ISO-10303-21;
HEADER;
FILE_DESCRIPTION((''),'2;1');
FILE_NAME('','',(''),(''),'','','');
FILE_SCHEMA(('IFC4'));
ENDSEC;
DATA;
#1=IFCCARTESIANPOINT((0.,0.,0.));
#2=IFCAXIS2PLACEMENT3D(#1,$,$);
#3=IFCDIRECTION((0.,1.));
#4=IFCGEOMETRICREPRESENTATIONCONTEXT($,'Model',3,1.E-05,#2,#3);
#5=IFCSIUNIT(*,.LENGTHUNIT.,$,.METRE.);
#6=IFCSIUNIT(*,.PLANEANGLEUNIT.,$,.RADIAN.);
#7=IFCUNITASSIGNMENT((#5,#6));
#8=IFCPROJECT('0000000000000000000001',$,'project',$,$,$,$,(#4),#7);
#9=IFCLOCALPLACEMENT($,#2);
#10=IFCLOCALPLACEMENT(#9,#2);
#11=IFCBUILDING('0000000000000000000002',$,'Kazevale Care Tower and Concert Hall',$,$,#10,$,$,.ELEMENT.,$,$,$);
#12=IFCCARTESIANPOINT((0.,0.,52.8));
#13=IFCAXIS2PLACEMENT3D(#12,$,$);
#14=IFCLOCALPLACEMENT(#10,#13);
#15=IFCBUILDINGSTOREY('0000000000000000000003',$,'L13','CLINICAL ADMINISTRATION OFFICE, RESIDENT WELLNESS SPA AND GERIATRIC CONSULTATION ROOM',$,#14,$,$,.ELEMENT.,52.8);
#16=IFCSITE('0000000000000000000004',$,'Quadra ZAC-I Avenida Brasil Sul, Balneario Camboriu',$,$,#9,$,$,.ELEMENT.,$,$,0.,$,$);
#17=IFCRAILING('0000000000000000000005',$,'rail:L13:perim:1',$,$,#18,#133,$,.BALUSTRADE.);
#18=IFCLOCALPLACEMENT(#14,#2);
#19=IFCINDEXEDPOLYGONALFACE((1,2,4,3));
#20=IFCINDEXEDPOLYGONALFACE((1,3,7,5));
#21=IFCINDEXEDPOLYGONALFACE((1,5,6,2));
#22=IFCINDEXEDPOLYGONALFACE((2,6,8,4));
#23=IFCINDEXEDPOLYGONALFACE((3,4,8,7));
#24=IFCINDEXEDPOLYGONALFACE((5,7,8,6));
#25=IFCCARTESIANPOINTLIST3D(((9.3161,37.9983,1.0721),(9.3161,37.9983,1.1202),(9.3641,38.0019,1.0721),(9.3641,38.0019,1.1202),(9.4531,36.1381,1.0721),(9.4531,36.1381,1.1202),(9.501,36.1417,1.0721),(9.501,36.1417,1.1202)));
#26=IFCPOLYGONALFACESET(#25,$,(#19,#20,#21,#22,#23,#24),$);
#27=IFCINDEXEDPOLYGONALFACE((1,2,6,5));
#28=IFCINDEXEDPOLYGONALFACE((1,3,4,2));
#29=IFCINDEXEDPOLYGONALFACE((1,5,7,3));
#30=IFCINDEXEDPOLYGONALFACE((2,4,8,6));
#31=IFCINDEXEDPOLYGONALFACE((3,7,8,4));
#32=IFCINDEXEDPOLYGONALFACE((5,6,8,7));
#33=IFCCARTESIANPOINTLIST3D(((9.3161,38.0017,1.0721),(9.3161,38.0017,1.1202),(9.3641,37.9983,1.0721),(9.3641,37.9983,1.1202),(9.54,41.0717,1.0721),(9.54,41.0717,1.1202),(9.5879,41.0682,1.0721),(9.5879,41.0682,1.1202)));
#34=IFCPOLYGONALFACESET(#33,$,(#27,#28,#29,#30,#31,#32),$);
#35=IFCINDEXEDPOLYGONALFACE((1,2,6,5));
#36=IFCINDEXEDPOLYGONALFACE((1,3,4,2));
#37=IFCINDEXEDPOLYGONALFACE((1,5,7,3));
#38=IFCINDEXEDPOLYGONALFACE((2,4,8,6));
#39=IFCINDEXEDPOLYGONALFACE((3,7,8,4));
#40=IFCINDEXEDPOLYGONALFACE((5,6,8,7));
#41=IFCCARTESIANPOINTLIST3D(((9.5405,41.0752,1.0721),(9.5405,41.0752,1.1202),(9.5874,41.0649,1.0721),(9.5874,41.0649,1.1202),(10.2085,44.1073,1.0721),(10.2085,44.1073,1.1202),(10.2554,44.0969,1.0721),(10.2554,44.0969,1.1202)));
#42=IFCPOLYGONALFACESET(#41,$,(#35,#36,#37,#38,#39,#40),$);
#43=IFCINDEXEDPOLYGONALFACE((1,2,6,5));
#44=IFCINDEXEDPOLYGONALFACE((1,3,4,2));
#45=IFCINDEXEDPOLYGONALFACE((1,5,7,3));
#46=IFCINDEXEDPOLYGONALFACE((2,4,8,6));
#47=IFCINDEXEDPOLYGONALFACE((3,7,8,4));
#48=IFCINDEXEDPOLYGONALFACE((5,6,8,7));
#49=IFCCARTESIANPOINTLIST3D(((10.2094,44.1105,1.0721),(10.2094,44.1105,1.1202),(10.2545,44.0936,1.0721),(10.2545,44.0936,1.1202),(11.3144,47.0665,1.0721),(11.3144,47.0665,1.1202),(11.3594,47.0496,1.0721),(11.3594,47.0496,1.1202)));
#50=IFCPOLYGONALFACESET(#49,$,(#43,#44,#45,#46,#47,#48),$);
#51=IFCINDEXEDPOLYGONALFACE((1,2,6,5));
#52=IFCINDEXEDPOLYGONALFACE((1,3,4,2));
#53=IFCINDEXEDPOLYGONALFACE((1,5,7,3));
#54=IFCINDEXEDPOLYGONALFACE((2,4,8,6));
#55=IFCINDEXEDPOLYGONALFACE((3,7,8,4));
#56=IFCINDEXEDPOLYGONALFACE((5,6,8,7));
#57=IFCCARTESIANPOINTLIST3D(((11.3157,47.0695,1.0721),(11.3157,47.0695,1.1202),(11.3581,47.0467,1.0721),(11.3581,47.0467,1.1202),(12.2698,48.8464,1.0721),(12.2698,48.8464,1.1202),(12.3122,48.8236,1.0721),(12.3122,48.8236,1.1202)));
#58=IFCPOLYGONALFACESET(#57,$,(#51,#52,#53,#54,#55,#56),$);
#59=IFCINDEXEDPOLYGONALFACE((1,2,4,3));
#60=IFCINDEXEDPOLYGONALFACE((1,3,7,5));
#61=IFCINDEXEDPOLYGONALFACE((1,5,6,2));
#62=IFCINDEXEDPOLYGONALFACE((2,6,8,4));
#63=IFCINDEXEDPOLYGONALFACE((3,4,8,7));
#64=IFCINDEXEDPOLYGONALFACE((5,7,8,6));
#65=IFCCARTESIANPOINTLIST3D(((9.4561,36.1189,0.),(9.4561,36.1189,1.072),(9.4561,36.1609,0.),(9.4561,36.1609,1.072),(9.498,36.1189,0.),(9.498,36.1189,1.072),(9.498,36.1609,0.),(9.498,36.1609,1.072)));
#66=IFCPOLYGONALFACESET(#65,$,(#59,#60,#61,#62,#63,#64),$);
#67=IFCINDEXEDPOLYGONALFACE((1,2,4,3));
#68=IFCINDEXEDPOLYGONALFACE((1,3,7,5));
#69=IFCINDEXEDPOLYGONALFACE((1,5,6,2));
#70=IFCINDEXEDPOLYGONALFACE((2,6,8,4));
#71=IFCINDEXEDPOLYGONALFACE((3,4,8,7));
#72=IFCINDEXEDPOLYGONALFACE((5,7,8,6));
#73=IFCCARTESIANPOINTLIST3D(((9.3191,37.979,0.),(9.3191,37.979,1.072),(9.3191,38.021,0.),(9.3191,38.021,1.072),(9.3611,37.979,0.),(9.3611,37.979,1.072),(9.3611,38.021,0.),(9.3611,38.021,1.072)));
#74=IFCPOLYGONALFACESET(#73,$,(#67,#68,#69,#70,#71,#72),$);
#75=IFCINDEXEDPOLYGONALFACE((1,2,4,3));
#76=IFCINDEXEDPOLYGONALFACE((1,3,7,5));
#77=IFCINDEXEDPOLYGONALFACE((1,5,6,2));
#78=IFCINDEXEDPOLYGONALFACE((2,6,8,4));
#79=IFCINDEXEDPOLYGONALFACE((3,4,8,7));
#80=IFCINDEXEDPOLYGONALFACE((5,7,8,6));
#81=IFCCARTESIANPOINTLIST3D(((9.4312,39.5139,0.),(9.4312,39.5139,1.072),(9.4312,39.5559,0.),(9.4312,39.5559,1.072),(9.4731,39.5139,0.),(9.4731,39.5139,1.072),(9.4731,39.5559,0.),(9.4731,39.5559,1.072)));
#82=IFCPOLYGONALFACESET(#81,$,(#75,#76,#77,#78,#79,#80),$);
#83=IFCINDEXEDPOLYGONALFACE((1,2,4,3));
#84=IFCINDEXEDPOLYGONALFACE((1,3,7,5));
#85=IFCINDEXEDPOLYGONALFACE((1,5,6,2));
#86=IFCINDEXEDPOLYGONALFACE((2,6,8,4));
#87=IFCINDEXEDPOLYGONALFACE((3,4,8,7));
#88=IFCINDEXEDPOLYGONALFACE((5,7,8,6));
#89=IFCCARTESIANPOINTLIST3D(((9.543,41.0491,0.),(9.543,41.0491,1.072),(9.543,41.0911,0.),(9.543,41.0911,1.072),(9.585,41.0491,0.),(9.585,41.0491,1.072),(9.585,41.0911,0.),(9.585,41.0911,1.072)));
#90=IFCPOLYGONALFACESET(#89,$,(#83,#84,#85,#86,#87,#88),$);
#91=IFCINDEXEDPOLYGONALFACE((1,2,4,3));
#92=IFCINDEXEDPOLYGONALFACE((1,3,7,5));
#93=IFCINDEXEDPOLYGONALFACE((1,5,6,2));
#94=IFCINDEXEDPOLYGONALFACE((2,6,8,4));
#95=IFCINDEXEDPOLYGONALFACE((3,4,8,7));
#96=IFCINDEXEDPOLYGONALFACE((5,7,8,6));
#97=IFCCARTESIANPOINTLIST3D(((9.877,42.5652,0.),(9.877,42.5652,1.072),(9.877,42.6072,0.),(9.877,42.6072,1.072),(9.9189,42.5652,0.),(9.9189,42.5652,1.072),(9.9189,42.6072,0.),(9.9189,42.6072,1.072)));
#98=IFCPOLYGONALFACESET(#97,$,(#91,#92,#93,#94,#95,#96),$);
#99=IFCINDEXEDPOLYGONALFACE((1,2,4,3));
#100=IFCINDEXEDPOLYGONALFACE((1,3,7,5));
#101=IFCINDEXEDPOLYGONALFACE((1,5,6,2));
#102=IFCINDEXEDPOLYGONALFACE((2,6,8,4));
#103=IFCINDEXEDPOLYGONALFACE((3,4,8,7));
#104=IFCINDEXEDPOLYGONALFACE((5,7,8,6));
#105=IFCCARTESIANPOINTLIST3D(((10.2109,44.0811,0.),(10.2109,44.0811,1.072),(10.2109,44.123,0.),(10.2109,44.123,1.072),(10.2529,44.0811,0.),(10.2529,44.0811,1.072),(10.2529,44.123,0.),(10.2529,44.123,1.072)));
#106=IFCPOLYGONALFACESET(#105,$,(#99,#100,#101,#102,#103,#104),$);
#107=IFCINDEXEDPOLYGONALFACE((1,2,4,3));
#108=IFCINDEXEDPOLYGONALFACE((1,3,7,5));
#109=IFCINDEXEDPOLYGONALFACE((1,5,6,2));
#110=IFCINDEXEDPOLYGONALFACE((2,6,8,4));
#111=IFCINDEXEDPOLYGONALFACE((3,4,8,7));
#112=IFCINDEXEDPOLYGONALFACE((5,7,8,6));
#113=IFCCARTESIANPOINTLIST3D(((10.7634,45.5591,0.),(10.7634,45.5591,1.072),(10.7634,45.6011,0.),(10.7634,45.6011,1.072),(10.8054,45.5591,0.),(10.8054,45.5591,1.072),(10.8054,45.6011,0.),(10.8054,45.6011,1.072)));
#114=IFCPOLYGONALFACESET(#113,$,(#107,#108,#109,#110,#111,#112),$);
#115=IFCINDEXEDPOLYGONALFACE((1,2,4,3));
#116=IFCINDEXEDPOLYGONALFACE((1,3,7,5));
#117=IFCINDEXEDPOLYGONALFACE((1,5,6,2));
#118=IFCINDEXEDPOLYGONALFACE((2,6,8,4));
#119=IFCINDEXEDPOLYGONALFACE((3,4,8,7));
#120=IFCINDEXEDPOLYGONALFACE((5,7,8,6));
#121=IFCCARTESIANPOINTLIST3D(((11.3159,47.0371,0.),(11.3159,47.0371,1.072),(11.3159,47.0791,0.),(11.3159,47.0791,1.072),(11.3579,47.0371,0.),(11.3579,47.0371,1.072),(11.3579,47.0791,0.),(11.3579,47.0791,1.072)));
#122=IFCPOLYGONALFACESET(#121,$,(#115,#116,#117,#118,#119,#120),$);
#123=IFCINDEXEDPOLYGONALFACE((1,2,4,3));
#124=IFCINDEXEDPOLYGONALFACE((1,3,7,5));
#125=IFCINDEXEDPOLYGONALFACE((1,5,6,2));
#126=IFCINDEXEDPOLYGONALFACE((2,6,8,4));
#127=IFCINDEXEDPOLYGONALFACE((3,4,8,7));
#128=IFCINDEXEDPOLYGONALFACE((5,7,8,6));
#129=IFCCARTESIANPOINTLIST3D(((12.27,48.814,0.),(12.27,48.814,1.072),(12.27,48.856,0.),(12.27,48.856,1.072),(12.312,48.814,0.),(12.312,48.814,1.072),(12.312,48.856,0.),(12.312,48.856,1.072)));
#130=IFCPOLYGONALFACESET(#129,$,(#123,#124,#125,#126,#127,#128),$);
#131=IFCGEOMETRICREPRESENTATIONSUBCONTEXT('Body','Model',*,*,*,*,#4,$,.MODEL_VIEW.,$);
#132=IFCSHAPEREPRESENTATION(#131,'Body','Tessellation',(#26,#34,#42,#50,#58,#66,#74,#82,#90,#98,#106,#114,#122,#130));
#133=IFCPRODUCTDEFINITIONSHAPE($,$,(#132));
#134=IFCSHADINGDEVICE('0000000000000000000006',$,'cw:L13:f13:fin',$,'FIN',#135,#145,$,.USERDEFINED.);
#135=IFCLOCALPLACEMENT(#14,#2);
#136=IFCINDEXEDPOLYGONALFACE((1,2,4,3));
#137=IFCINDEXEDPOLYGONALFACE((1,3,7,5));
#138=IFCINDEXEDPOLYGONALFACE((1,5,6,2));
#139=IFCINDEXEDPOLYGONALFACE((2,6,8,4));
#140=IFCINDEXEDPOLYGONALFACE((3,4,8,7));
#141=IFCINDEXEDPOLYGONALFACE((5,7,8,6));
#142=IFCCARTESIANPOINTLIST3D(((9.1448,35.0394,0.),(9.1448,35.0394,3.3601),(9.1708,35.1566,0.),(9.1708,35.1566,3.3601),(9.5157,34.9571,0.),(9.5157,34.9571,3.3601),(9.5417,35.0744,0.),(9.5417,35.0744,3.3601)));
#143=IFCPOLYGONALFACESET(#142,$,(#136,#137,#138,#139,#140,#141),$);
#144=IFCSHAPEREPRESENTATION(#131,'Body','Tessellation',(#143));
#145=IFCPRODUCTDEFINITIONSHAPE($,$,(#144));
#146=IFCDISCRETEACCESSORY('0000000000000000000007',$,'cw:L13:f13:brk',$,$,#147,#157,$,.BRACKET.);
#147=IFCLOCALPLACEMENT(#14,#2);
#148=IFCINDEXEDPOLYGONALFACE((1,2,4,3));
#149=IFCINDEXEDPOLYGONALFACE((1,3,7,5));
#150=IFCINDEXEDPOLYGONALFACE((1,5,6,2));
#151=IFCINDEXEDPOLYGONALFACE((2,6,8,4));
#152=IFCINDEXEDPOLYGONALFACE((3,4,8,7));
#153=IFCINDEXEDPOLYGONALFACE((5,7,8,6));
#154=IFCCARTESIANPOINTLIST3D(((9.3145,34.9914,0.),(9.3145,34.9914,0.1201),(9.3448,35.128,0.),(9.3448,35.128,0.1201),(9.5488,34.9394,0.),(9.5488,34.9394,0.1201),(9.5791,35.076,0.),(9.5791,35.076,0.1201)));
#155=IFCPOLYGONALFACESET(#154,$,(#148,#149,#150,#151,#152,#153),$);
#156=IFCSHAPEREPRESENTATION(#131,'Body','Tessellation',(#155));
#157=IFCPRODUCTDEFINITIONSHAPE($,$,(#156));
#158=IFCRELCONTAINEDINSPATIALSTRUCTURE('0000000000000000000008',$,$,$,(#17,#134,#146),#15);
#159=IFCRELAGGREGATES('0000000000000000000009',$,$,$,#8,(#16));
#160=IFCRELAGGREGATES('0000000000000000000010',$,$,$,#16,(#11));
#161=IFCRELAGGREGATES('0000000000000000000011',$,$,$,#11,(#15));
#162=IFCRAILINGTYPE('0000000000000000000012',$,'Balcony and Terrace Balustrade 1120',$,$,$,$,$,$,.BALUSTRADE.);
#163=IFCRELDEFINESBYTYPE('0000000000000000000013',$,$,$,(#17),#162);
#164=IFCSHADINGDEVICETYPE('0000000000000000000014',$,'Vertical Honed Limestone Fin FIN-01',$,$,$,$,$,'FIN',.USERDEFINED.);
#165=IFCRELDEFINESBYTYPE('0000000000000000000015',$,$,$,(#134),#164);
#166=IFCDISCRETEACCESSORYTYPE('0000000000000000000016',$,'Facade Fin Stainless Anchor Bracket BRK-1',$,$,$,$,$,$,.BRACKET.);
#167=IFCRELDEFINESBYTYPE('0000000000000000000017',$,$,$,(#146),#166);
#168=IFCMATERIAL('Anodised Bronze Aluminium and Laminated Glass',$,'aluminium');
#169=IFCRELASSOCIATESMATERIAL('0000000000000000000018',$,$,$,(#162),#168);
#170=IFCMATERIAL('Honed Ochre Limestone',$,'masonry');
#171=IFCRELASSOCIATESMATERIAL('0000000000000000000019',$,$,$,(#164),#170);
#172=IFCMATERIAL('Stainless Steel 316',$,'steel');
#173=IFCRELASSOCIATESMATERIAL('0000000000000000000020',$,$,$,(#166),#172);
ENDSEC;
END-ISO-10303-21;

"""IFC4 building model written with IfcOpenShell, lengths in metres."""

from ifc_helpers import new_model, si_unit, direction, frame, origin, origin_2d, place, context, subcontext, project, spatial, rectangle, extrude, material, type_object, element, save


model = new_model("IFC4")

# Units and contexts
model_context = context("Model", 3, precision=1e-05, world=origin(), true_north=direction((0.0, 1.0)))
body_context = subcontext(model_context, "Body", "Model", "MODEL_VIEW")
ifc_project = project(units=[si_unit("LENGTHUNIT", "METRE"), si_unit("PLANEANGLEUNIT", "RADIAN")], contexts=[model_context])

# Site, building, storey
site_placement = place(None, origin())
site = spatial("IfcSite", under=ifc_project, at=site_placement, Name="Quadra ZAC-I Avenida Brasil Sul, Balneario Camboriu", CompositionType="ELEMENT", RefElevation=0.0)
building_placement = place(site_placement, origin())
building = spatial("IfcBuilding", under=site, at=building_placement, Name="Kazevale Care Tower and Concert Hall", CompositionType="ELEMENT")
storey_placement = place(building_placement, frame((0.0, 0.0, 52.8)))
storey = spatial("IfcBuildingStorey", under=building, at=storey_placement, Name="L13", Description="CLINICAL ADMINISTRATION OFFICE, RESIDENT WELLNESS SPA AND GERIATRIC CONSULTATION ROOM", CompositionType="ELEMENT", Elevation=52.8)

# Railing
ifc_material_1 = material(Name="Anodised Bronze Aluminium and Laminated Glass", Category="aluminium")
railing_type = type_object("IfcRailingType", Name="Balcony and Terrace Balustrade 1120", PredefinedType="BALUSTRADE", material=ifc_material_1)
railing_placement = place(storey_placement, frame((9.4771, 36.1399, 0.0)))
element("IfcRailing", 1, at=railing_placement, inside=storey, type_object=railing_type, Name="rail:L13:perim:1", PredefinedType="BALUSTRADE", context=body_context, shape_type="SweptSolid", body=[
    extrude(rectangle(XDim=0.0481, YDim=0.0481, at=origin_2d()), frame((0.0, 0.0, 1.0962), z_axis=(-0.073433, 0.9973, 0.0), x_axis=(-0.9973, -0.073433, 0.0)), (0.0, 0.0, 1.0), 1.8652),
    extrude(rectangle(XDim=0.0481, YDim=0.0481, at=origin_2d()), frame((-0.137, 1.8601, 1.0962), z_axis=(0.072729, 0.997352, 0.0), x_axis=(-0.997352, 0.072729, 0.0)), (0.0, 0.0, 1.0), 3.0781),
    extrude(rectangle(XDim=0.0481, YDim=0.0481, at=origin_2d()), frame((0.0869, 4.9302, 1.0962), z_axis=(0.215148, 0.976581, 0.0), x_axis=(-0.976581, 0.215148, 0.0)), (0.0, 0.0, 1.0), 3.1047),
    extrude(rectangle(XDim=0.0481, YDim=0.0481, at=origin_2d()), frame((0.7549, 7.9622, 1.0962), z_axis=(0.35014, 0.936697, 0.0), x_axis=(-0.936697, 0.35014, 0.0)), (0.0, 0.0, 1.0), 3.1558),
    extrude(rectangle(XDim=0.0481, YDim=0.0481, at=origin_2d()), frame((1.8599, 10.9182, 1.0962), z_axis=(0.473074, 0.881022, 0.0), x_axis=(-0.881022, 0.473074, 0.0)), (0.0, 0.0, 1.0), 2.0168),
    extrude(rectangle(XDim=0.042, YDim=0.042, at=origin_2d()), origin(), (0.0, 0.0, 1.0), 1.072),
    extrude(rectangle(XDim=0.042, YDim=0.042, at=origin_2d()), frame((-0.137, 1.8601, 0.0)), (0.0, 0.0, 1.0), 1.072),
    extrude(rectangle(XDim=0.042, YDim=0.042, at=origin_2d()), frame((-0.0249, 3.395, 0.0)), (0.0, 0.0, 1.0), 1.072),
    extrude(rectangle(XDim=0.042, YDim=0.042, at=origin_2d()), frame((0.0869, 4.9302, 0.0)), (0.0, 0.0, 1.0), 1.072),
    extrude(rectangle(XDim=0.042, YDim=0.042, at=origin_2d()), frame((0.4209, 6.4463, 0.0)), (0.0, 0.0, 1.0), 1.072),
    extrude(rectangle(XDim=0.042, YDim=0.042, at=origin_2d()), frame((0.7549, 7.9622, 0.0)), (0.0, 0.0, 1.0), 1.072),
    extrude(rectangle(XDim=0.042, YDim=0.042, at=origin_2d()), frame((1.3074, 9.4402, 0.0)), (0.0, 0.0, 1.0), 1.072),
    extrude(rectangle(XDim=0.042, YDim=0.042, at=origin_2d()), frame((1.8599, 10.9182, 0.0)), (0.0, 0.0, 1.0), 1.072),
    extrude(rectangle(XDim=0.042, YDim=0.042, at=origin_2d()), frame((2.814, 12.6951, 0.0)), (0.0, 0.0, 1.0), 1.072),
])

# Shading device
ifc_material_2 = material(Name="Honed Ochre Limestone", Category="masonry")
shading_device_type = type_object("IfcShadingDeviceType", Name="Vertical Honed Limestone Fin FIN-01", ElementType="FIN", PredefinedType="USERDEFINED", material=ifc_material_2)
shading_device_placement = place(storey_placement, frame((9.3433, 35.0569, 0.0), z_axis=(0.0, 0.0, 1.0), x_axis=(-0.976296, 0.21644, 0.0)))
element("IfcShadingDevice", 2, at=shading_device_placement, inside=storey, type_object=shading_device_type, Name="cw:L13:f13:fin", ObjectType="FIN", PredefinedType="USERDEFINED", context=body_context, shape_type="SweptSolid", body=[
    extrude(rectangle(XDim=0.3799, YDim=0.1201, at=origin_2d()), origin(), (0.0, 0.0, 1.0), 3.3601),
])

# Discrete accessory
ifc_material_3 = material(Name="Stainless Steel 316", Category="steel")
discrete_accessory_type = type_object("IfcDiscreteAccessoryType", Name="Facade Fin Stainless Anchor Bracket BRK-1", PredefinedType="BRACKET", material=ifc_material_3)
discrete_accessory_placement = place(storey_placement, frame((9.4468, 35.0337, 0.0), z_axis=(0.0, 0.0, 1.0), x_axis=(-0.976296, 0.21644, 0.0)))
element("IfcDiscreteAccessory", 3, at=discrete_accessory_placement, inside=storey, type_object=discrete_accessory_type, Name="cw:L13:f13:brk", PredefinedType="BRACKET", context=body_context, shape_type="SweptSolid", body=[
    extrude(rectangle(XDim=0.24, YDim=0.1399, at=origin_2d()), origin(), (0.0, 0.0, 1.0), 0.1201),
])

save(model, "model.ifc")
